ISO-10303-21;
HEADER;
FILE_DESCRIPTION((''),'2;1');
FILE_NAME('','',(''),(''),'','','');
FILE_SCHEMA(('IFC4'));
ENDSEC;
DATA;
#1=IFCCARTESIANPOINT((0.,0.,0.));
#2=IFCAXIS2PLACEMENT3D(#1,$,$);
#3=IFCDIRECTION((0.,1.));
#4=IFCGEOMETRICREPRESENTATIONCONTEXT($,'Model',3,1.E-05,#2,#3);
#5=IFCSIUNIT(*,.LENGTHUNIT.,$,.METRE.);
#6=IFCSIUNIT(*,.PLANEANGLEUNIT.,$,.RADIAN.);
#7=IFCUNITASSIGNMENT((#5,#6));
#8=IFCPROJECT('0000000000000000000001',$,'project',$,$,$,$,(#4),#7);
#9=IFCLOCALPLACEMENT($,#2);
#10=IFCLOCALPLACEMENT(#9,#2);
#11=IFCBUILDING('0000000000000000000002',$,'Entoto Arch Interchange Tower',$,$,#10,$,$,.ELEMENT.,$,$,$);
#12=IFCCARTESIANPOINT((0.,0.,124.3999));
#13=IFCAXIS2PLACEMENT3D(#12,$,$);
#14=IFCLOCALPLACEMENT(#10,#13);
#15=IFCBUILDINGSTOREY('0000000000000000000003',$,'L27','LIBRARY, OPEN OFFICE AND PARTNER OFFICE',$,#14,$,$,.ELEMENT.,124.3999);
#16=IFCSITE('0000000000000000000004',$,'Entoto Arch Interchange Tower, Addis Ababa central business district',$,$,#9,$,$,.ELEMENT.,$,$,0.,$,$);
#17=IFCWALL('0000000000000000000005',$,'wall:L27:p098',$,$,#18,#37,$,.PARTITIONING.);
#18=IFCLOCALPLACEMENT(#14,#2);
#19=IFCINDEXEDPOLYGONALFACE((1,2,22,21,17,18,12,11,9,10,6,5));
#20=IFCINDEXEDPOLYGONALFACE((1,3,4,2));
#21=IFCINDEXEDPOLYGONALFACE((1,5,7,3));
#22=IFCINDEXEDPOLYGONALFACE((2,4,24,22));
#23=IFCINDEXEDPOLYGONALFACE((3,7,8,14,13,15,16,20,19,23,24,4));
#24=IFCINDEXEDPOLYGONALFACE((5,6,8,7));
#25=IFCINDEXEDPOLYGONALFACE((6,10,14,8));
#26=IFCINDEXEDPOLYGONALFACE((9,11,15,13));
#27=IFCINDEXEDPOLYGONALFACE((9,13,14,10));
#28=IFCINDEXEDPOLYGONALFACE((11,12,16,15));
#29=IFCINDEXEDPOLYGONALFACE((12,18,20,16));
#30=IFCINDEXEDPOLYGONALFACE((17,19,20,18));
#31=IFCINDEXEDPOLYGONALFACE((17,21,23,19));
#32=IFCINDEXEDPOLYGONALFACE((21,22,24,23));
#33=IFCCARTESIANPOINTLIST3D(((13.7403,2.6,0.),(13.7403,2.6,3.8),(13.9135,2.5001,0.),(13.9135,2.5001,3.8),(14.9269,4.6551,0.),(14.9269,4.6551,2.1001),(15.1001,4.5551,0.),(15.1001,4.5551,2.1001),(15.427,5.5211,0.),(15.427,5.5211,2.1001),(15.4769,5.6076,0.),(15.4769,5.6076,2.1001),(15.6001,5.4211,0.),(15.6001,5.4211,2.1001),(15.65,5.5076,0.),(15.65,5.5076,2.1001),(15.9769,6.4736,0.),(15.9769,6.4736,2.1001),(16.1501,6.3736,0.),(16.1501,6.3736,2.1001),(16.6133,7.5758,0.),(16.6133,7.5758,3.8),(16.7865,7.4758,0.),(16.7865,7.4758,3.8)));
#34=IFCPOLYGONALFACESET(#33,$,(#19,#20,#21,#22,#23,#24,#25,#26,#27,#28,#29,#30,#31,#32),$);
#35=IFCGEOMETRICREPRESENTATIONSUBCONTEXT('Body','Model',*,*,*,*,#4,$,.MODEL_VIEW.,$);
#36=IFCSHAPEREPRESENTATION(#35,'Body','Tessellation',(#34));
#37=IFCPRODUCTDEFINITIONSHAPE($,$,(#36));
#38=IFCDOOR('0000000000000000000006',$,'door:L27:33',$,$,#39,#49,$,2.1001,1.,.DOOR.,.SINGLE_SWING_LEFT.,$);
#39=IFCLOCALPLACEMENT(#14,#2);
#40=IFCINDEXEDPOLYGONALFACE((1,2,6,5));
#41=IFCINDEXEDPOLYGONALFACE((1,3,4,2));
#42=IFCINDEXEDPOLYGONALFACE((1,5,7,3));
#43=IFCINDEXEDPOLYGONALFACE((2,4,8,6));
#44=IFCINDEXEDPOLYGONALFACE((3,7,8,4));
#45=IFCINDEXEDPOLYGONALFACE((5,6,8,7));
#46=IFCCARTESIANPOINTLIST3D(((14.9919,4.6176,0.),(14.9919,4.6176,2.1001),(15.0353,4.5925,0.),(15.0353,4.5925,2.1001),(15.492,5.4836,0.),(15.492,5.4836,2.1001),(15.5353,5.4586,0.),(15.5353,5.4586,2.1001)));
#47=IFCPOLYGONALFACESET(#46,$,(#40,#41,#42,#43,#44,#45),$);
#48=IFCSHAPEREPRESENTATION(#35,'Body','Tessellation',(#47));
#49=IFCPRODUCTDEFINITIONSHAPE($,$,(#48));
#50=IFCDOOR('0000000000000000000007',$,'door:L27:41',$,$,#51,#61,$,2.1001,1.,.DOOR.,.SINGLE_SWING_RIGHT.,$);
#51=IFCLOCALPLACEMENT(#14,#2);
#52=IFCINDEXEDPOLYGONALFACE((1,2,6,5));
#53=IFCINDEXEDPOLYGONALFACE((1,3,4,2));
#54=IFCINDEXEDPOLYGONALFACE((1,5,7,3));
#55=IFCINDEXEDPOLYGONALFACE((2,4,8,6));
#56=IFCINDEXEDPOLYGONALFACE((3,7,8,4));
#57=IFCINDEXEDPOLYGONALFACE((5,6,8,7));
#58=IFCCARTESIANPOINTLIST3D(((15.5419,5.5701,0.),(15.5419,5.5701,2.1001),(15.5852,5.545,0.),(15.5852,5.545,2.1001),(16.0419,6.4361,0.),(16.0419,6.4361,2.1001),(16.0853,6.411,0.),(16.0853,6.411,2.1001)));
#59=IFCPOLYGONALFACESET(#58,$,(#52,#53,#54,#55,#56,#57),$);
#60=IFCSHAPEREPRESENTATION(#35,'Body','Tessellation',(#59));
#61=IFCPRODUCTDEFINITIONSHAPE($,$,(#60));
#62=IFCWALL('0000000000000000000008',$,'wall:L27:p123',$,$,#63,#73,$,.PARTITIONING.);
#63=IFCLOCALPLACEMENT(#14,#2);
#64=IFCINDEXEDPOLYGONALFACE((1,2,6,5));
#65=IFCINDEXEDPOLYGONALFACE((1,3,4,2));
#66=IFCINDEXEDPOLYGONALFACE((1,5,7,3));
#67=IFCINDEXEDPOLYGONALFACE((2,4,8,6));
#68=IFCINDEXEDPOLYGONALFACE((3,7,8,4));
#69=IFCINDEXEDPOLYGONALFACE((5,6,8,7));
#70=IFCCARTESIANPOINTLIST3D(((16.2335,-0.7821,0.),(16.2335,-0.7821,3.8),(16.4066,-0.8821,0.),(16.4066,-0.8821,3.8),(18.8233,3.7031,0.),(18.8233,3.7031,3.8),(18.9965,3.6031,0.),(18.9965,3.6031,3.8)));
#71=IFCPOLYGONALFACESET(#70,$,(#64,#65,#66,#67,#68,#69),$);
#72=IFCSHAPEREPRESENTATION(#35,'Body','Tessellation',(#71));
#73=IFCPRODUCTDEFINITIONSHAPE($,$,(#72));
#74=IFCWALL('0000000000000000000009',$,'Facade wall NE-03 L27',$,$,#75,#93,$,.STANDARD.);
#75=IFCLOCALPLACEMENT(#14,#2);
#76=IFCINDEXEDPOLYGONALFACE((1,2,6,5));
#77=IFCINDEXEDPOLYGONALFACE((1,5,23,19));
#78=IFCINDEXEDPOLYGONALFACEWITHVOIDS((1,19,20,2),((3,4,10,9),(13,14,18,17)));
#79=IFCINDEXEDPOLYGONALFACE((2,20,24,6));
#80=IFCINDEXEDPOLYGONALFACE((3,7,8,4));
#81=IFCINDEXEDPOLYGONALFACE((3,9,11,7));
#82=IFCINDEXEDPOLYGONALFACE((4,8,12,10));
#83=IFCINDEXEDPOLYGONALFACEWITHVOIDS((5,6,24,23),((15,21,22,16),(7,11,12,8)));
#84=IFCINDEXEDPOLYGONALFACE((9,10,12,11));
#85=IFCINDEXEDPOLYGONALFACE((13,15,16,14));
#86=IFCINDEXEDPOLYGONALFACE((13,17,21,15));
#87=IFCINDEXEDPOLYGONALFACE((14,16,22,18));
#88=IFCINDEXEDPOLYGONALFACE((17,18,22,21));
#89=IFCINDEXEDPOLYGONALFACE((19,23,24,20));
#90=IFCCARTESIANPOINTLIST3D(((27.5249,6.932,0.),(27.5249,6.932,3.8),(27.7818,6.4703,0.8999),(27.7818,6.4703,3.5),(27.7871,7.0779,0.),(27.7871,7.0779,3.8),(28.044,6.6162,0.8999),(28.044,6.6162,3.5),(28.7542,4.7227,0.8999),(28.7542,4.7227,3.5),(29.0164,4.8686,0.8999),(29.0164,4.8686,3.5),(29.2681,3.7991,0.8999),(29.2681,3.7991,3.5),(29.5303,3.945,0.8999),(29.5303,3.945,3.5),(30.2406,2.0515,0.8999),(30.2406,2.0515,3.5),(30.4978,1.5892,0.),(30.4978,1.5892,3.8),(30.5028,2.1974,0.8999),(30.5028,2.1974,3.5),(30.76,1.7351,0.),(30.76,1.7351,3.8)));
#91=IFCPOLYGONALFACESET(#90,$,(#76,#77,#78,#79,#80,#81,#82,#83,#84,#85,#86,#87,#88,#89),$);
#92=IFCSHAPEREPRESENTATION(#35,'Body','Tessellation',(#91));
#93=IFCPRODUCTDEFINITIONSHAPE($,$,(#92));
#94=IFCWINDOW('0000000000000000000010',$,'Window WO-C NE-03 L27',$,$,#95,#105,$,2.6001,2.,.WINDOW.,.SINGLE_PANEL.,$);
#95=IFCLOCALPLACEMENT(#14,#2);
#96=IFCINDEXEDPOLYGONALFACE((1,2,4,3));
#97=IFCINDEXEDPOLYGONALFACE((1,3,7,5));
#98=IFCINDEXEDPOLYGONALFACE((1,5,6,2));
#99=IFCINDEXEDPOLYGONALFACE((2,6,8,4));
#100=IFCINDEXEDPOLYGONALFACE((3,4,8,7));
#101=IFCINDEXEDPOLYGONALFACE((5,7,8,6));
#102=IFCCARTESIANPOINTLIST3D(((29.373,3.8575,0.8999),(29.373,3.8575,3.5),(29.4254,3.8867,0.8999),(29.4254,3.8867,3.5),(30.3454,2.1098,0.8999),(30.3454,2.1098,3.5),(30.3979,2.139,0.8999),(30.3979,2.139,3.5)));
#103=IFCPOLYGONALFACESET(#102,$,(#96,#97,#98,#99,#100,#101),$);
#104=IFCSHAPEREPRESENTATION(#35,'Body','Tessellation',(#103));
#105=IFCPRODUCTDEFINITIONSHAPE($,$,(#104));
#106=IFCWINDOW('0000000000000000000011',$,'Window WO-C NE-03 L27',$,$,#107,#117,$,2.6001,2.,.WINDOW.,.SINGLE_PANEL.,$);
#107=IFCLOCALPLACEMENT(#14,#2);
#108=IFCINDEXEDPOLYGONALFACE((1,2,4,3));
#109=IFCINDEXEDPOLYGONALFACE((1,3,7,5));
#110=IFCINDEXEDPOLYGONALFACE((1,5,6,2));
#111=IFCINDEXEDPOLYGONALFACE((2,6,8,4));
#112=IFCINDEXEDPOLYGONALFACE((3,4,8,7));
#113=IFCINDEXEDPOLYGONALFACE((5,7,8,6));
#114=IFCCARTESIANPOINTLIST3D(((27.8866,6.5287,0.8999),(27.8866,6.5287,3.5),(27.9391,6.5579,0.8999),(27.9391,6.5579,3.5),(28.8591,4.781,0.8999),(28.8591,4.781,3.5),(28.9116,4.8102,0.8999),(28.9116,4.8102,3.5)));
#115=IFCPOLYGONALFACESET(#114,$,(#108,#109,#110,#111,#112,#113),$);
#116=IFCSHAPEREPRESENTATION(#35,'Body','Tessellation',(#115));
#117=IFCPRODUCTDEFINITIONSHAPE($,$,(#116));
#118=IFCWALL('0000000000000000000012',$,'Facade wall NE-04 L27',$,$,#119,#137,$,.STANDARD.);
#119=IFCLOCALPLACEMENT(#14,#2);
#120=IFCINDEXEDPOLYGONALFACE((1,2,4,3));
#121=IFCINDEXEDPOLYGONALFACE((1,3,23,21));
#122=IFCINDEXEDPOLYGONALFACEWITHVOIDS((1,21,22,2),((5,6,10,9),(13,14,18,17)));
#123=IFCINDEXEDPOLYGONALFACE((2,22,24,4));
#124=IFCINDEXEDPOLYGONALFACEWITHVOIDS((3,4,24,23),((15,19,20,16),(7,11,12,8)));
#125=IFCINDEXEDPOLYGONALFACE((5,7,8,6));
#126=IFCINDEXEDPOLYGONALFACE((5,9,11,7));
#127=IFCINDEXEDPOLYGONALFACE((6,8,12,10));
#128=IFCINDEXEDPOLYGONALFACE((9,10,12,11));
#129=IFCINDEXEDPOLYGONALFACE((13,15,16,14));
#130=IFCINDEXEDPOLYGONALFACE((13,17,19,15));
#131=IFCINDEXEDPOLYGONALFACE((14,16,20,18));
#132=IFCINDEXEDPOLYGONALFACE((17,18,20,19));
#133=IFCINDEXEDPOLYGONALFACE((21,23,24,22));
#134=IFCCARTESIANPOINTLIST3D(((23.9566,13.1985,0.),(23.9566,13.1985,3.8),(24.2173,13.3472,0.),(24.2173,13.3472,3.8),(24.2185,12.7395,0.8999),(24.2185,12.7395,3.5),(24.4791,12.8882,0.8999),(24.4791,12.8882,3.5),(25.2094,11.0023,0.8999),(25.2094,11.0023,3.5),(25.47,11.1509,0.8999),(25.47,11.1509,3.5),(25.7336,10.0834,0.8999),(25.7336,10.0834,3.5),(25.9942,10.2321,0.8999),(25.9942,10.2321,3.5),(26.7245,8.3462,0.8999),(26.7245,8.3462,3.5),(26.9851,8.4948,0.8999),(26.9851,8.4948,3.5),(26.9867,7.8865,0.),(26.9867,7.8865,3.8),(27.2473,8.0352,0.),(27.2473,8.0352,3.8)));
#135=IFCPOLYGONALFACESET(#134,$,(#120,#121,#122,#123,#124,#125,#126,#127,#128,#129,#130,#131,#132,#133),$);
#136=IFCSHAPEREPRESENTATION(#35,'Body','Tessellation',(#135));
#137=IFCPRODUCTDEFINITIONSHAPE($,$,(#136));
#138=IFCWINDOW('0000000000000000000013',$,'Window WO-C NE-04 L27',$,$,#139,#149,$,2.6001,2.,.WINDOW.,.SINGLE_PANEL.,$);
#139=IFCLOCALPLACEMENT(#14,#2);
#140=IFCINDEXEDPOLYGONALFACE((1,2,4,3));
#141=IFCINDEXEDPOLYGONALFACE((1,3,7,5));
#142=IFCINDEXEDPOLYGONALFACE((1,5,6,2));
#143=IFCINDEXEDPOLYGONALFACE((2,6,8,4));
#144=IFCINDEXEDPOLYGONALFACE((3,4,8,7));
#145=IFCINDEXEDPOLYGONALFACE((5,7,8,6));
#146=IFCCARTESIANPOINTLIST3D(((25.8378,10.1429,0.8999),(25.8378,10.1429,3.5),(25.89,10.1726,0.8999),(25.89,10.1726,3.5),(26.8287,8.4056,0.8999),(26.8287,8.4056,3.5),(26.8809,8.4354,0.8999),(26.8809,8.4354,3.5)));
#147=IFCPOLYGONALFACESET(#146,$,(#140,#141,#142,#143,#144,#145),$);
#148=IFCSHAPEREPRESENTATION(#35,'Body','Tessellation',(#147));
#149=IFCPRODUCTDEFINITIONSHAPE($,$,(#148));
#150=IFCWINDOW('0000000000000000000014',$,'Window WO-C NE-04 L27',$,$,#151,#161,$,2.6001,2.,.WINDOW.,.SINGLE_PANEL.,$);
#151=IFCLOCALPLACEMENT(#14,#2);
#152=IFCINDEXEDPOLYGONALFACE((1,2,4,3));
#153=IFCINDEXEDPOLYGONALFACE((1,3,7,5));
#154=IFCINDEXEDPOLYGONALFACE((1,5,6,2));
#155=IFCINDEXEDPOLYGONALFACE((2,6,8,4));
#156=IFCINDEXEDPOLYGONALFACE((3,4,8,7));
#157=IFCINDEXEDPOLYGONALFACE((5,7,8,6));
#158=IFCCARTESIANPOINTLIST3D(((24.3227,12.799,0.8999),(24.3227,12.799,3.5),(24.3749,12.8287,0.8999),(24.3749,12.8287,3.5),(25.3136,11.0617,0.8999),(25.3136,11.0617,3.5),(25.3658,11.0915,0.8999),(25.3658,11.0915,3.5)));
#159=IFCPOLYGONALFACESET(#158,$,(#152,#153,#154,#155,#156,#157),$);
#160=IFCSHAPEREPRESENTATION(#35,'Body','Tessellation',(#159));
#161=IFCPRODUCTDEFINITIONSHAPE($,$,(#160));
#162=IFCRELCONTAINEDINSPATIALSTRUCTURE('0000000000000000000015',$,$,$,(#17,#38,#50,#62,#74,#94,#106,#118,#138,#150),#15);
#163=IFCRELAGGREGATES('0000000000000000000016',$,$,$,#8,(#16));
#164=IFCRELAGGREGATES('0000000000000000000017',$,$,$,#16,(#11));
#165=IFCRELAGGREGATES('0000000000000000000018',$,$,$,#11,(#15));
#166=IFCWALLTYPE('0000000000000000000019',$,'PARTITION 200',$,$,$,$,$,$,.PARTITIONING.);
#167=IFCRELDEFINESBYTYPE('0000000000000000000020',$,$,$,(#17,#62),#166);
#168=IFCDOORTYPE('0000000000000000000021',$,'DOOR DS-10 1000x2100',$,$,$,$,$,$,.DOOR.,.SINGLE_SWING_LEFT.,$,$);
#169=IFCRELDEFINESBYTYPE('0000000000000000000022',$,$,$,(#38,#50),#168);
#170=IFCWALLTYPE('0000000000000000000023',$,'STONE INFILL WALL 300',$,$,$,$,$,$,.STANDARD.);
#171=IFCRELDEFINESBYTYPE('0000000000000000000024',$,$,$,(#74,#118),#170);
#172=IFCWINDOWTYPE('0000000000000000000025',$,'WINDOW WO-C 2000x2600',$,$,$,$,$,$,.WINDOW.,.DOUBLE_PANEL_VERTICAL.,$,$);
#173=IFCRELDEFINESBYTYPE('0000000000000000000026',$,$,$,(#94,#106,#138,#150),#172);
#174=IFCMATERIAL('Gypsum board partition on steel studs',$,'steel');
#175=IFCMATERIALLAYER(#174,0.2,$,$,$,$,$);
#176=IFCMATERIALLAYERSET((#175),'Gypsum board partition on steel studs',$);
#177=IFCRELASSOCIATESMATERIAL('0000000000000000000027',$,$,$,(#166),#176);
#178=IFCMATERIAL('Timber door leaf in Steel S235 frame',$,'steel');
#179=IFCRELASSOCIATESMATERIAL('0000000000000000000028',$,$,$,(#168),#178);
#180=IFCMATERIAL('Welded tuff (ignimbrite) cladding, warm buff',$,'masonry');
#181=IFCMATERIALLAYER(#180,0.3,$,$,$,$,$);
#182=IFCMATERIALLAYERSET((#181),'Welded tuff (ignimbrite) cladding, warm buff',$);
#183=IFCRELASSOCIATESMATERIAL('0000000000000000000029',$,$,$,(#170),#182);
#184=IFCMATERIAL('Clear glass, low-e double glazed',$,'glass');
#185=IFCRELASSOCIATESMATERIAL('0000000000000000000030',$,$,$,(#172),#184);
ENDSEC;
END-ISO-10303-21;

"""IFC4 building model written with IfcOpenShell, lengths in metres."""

from ifc_helpers import new_model, si_unit, direction, frame, frame_2d, origin, place, context, subcontext, project, spatial, rectangle, extrude, material, layer, layer_set, type_object, element, fill, save


model = new_model("IFC4")

# Units and contexts
model_context = context("Model", 3, precision=1e-05, world=origin(), true_north=direction((0.0, 1.0)))
body_context = subcontext(model_context, "Body", "Model", "MODEL_VIEW")
ifc_project = project(units=[si_unit("LENGTHUNIT", "METRE"), si_unit("PLANEANGLEUNIT", "RADIAN")], contexts=[model_context])

# Site, building, storey
site_placement = place(None, origin())
site = spatial("IfcSite", under=ifc_project, at=site_placement, Name="Entoto Arch Interchange Tower, Addis Ababa central business district", CompositionType="ELEMENT", RefElevation=0.0)
building_placement = place(site_placement, origin())
building = spatial("IfcBuilding", under=site, at=building_placement, Name="Entoto Arch Interchange Tower", CompositionType="ELEMENT")
storey_placement = place(building_placement, frame((0.0, 0.0, 124.3999)))
storey = spatial("IfcBuildingStorey", under=building, at=storey_placement, Name="L27", Description="LIBRARY, OPEN OFFICE AND PARTNER OFFICE", CompositionType="ELEMENT", Elevation=124.3999)

# Shared definitions
ifc_material_1 = material(Name="Gypsum board partition on steel studs", Category="steel")
ifc_layer_1 = layer(ifc_material_1, 0.2)
ifc_layer_set_1 = layer_set([ifc_layer_1], Name="Gypsum board partition on steel studs")
wall_type_1 = type_object("IfcWallType", Name="PARTITION 200", PredefinedType="PARTITIONING", material=ifc_layer_set_1)

# Shared definitions
ifc_material_2 = material(Name="Timber door leaf in Steel S235 frame", Category="steel")
door_type = type_object("IfcDoorType", Name="DOOR DS-10 1000x2100", OperationType="SINGLE_SWING_LEFT", PredefinedType="DOOR", material=ifc_material_2)

# Wall, openings, doors
wall_1_placement = place(storey_placement, frame((13.8269, 2.55, 0.0), z_axis=(0.0, 0.0, 1.0), x_axis=(0.500033, 0.866007, 0.0)))
wall_1 = element("IfcWall", 1, at=wall_1_placement, inside=storey, type_object=wall_type_1, Name="wall:L27:p098", PredefinedType="PARTITIONING", context=body_context, shape_type="SweptSolid", body=[
    extrude(rectangle(XDim=5.7456, YDim=0.2, at=frame_2d((2.8728, 0.0))), origin(), (0.0, 0.0, 1.0), 3.8),
])
opening_1_placement = place(wall_1_placement, frame((2.373, 0.0, 0.0)))
opening_1 = element("IfcOpeningElement", 2, at=opening_1_placement, cuts=wall_1, PredefinedType="OPENING", context=body_context, shape_type="SweptSolid", body=[
    extrude(rectangle(XDim=1.0, YDim=2.1001, at=frame_2d((0.5, 1.05))), frame((0.0, 0.1099, 0.0), z_axis=(0.0, -1.0, 0.0), x_axis=(1.0, 0.0, 0.0)), (0.0, 0.0, 1.0), 0.22),
])
opening_2_placement = place(wall_1_placement, frame((3.4729, 0.0, 0.0)))
opening_2 = element("IfcOpeningElement", 3, at=opening_2_placement, cuts=wall_1, PredefinedType="OPENING", context=body_context, shape_type="SweptSolid", body=[
    extrude(rectangle(XDim=1.0, YDim=2.1001, at=frame_2d((0.5, 1.05))), frame((0.0, 0.1099, 0.0), z_axis=(0.0, -1.0, 0.0), x_axis=(1.0, 0.0, 0.0)), (0.0, 0.0, 1.0), 0.22),
])
door_1_placement = place(opening_1_placement, origin())
door_1 = element("IfcDoor", 4, at=door_1_placement, inside=storey, type_object=door_type, Name="door:L27:33", OperationType="SINGLE_SWING_LEFT", OverallHeight=2.1001, OverallWidth=1.0, PredefinedType="DOOR", context=body_context, shape_type="SweptSolid", body=[
    extrude(rectangle(XDim=1.0, YDim=2.1001, at=frame_2d((0.5, 1.05))), frame((0.0, 0.0249, 0.0), z_axis=(0.0, -1.0, 0.0), x_axis=(1.0, 0.0, 0.0)), (0.0, 0.0, 1.0), 0.05),
])
fill(opening_1, door_1)
door_2_placement = place(opening_2_placement, origin())
door_2 = element("IfcDoor", 5, at=door_2_placement, inside=storey, type_object=door_type, Name="door:L27:41", OperationType="SINGLE_SWING_RIGHT", OverallHeight=2.1001, OverallWidth=1.0, PredefinedType="DOOR", context=body_context, shape_type="SweptSolid", body=[
    extrude(rectangle(XDim=1.0, YDim=2.1001, at=frame_2d((0.5, 1.05))), frame((0.0, 0.0249, 0.0), z_axis=(0.0, -1.0, 0.0), x_axis=(1.0, 0.0, 0.0)), (0.0, 0.0, 1.0), 0.05),
])
fill(opening_2, door_2)

# Wall
wall_2_placement = place(storey_placement, frame((18.9099, 3.6531, 0.0), z_axis=(0.0, 0.0, 1.0), x_axis=(-0.500053, -0.865995, 0.0)))
element("IfcWall", 6, at=wall_2_placement, inside=storey, type_object=wall_type_1, Name="wall:L27:p123", PredefinedType="PARTITIONING", context=body_context, shape_type="SweptSolid", body=[
    extrude(rectangle(XDim=5.1792, YDim=0.2, at=frame_2d((2.5896, 0.0))), origin(), (0.0, 0.0, 1.0), 3.8),
])

# Walls, openings, windows
ifc_material_3 = material(Name="Welded tuff (ignimbrite) cladding, warm buff", Category="masonry")
ifc_layer_2 = layer(ifc_material_3, 0.3)
ifc_layer_set_2 = layer_set([ifc_layer_2], Name="Welded tuff (ignimbrite) cladding, warm buff")
wall_type_2 = type_object("IfcWallType", Name="STONE INFILL WALL 300", PredefinedType="STANDARD", material=ifc_layer_set_2)
wall_3_placement = place(storey_placement, frame((30.6289, 1.6621, 0.0), z_axis=(0.0, 0.0, 1.0), x_axis=(-0.486229, 0.873831, 0.0)))
wall_3 = element("IfcWall", 7, at=wall_3_placement, inside=storey, type_object=wall_type_2, Name="Facade wall NE-03 L27", PredefinedType="STANDARD", context=body_context, shape_type="SweptSolid", body=[
    extrude(rectangle(XDim=6.1143, YDim=0.3, at=frame_2d((3.0571, 0.0))), origin(), (0.0, 0.0, 1.0), 3.8),
])
opening_3_placement = place(wall_3_placement, frame((0.5291, 0.0, 0.8999)))
opening_3 = element("IfcOpeningElement", 8, at=opening_3_placement, cuts=wall_3, PredefinedType="OPENING", context=body_context, shape_type="SweptSolid", body=[
    extrude(rectangle(XDim=2.0, YDim=2.6001, at=frame_2d((1.0, 1.3))), frame((0.0, 0.1602, 0.0), z_axis=(0.0, -1.0, 0.0), x_axis=(1.0, 0.0, 0.0)), (0.0, 0.0, 1.0), 0.3201),
])
opening_4_placement = place(wall_3_placement, frame((3.5859, 0.0, 0.8999)))
opening_4 = element("IfcOpeningElement", 9, at=opening_4_placement, cuts=wall_3, PredefinedType="OPENING", context=body_context, shape_type="SweptSolid", body=[
    extrude(rectangle(XDim=2.0, YDim=2.6001, at=frame_2d((1.0, 1.3))), frame((0.0, 0.1602, 0.0), z_axis=(0.0, -1.0, 0.0), x_axis=(1.0, 0.0, 0.0)), (0.0, 0.0, 1.0), 0.3201),
])
ifc_material_4 = material(Name="Clear glass, low-e double glazed", Category="glass")
window_type = type_object("IfcWindowType", Name="WINDOW WO-C 2000x2600", PartitioningType="DOUBLE_PANEL_VERTICAL", PredefinedType="WINDOW", material=ifc_material_4)
window_1_placement = place(opening_3_placement, origin())
window_1 = element("IfcWindow", 10, at=window_1_placement, inside=storey, type_object=window_type, Name="Window WO-C NE-03 L27", OverallHeight=2.6001, OverallWidth=2.0, PartitioningType="SINGLE_PANEL", PredefinedType="WINDOW", context=body_context, shape_type="SweptSolid", body=[
    extrude(rectangle(XDim=2.0, YDim=2.6001, at=frame_2d((1.0, 1.3))), frame((0.0, 0.03, 0.0), z_axis=(0.0, -1.0, 0.0), x_axis=(1.0, 0.0, 0.0)), (0.0, 0.0, 1.0), 0.0601),
])
fill(opening_3, window_1)
window_2_placement = place(opening_4_placement, origin())
window_2 = element("IfcWindow", 11, at=window_2_placement, inside=storey, type_object=window_type, Name="Window WO-C NE-03 L27", OverallHeight=2.6001, OverallWidth=2.0, PartitioningType="SINGLE_PANEL", PredefinedType="WINDOW", context=body_context, shape_type="SweptSolid", body=[
    extrude(rectangle(XDim=2.0, YDim=2.6001, at=frame_2d((1.0, 1.3))), frame((0.0, 0.03, 0.0), z_axis=(0.0, -1.0, 0.0), x_axis=(1.0, 0.0, 0.0)), (0.0, 0.0, 1.0), 0.0601),
])
fill(opening_4, window_2)
wall_4_placement = place(storey_placement, frame((27.1169, 7.9609, 0.0), z_axis=(0.0, 0.0, 1.0), x_axis=(-0.495472, 0.868624, 0.0)))
wall_4 = element("IfcWall", 12, at=wall_4_placement, inside=storey, type_object=wall_type_2, Name="Facade wall NE-04 L27", PredefinedType="STANDARD", context=body_context, shape_type="SweptSolid", body=[
    extrude(rectangle(XDim=6.1155, YDim=0.3, at=frame_2d((3.0576, 0.0))), origin(), (0.0, 0.0, 1.0), 3.8),
])
opening_5_placement = place(wall_4_placement, frame((0.5291, 0.0, 0.8999)))
opening_5 = element("IfcOpeningElement", 13, at=opening_5_placement, cuts=wall_4, PredefinedType="OPENING", context=body_context, shape_type="SweptSolid", body=[
    extrude(rectangle(XDim=2.0, YDim=2.6001, at=frame_2d((1.0, 1.3))), frame((0.0, 0.1602, 0.0), z_axis=(0.0, -1.0, 0.0), x_axis=(1.0, 0.0, 0.0)), (0.0, 0.0, 1.0), 0.3201),
])
opening_6_placement = place(wall_4_placement, frame((3.5869, 0.0, 0.8999)))
opening_6 = element("IfcOpeningElement", 14, at=opening_6_placement, cuts=wall_4, PredefinedType="OPENING", context=body_context, shape_type="SweptSolid", body=[
    extrude(rectangle(XDim=2.0, YDim=2.6001, at=frame_2d((1.0, 1.3))), frame((0.0, 0.1602, 0.0), z_axis=(0.0, -1.0, 0.0), x_axis=(1.0, 0.0, 0.0)), (0.0, 0.0, 1.0), 0.3201),
])
window_3_placement = place(opening_5_placement, origin())
window_3 = element("IfcWindow", 15, at=window_3_placement, inside=storey, type_object=window_type, Name="Window WO-C NE-04 L27", OverallHeight=2.6001, OverallWidth=2.0, PartitioningType="SINGLE_PANEL", PredefinedType="WINDOW", context=body_context, shape_type="SweptSolid", body=[
    extrude(rectangle(XDim=2.0, YDim=2.6001, at=frame_2d((1.0, 1.3))), frame((0.0, 0.03, 0.0), z_axis=(0.0, -1.0, 0.0), x_axis=(1.0, 0.0, 0.0)), (0.0, 0.0, 1.0), 0.0601),
])
fill(opening_5, window_3)
window_4_placement = place(opening_6_placement, origin())
window_4 = element("IfcWindow", 16, at=window_4_placement, inside=storey, type_object=window_type, Name="Window WO-C NE-04 L27", OverallHeight=2.6001, OverallWidth=2.0, PartitioningType="SINGLE_PANEL", PredefinedType="WINDOW", context=body_context, shape_type="SweptSolid", body=[
    extrude(rectangle(XDim=2.0, YDim=2.6001, at=frame_2d((1.0, 1.3))), frame((0.0, 0.03, 0.0), z_axis=(0.0, -1.0, 0.0), x_axis=(1.0, 0.0, 0.0)), (0.0, 0.0, 1.0), 0.0601),
])
fill(opening_6, window_4)

save(model, "model.ifc")
